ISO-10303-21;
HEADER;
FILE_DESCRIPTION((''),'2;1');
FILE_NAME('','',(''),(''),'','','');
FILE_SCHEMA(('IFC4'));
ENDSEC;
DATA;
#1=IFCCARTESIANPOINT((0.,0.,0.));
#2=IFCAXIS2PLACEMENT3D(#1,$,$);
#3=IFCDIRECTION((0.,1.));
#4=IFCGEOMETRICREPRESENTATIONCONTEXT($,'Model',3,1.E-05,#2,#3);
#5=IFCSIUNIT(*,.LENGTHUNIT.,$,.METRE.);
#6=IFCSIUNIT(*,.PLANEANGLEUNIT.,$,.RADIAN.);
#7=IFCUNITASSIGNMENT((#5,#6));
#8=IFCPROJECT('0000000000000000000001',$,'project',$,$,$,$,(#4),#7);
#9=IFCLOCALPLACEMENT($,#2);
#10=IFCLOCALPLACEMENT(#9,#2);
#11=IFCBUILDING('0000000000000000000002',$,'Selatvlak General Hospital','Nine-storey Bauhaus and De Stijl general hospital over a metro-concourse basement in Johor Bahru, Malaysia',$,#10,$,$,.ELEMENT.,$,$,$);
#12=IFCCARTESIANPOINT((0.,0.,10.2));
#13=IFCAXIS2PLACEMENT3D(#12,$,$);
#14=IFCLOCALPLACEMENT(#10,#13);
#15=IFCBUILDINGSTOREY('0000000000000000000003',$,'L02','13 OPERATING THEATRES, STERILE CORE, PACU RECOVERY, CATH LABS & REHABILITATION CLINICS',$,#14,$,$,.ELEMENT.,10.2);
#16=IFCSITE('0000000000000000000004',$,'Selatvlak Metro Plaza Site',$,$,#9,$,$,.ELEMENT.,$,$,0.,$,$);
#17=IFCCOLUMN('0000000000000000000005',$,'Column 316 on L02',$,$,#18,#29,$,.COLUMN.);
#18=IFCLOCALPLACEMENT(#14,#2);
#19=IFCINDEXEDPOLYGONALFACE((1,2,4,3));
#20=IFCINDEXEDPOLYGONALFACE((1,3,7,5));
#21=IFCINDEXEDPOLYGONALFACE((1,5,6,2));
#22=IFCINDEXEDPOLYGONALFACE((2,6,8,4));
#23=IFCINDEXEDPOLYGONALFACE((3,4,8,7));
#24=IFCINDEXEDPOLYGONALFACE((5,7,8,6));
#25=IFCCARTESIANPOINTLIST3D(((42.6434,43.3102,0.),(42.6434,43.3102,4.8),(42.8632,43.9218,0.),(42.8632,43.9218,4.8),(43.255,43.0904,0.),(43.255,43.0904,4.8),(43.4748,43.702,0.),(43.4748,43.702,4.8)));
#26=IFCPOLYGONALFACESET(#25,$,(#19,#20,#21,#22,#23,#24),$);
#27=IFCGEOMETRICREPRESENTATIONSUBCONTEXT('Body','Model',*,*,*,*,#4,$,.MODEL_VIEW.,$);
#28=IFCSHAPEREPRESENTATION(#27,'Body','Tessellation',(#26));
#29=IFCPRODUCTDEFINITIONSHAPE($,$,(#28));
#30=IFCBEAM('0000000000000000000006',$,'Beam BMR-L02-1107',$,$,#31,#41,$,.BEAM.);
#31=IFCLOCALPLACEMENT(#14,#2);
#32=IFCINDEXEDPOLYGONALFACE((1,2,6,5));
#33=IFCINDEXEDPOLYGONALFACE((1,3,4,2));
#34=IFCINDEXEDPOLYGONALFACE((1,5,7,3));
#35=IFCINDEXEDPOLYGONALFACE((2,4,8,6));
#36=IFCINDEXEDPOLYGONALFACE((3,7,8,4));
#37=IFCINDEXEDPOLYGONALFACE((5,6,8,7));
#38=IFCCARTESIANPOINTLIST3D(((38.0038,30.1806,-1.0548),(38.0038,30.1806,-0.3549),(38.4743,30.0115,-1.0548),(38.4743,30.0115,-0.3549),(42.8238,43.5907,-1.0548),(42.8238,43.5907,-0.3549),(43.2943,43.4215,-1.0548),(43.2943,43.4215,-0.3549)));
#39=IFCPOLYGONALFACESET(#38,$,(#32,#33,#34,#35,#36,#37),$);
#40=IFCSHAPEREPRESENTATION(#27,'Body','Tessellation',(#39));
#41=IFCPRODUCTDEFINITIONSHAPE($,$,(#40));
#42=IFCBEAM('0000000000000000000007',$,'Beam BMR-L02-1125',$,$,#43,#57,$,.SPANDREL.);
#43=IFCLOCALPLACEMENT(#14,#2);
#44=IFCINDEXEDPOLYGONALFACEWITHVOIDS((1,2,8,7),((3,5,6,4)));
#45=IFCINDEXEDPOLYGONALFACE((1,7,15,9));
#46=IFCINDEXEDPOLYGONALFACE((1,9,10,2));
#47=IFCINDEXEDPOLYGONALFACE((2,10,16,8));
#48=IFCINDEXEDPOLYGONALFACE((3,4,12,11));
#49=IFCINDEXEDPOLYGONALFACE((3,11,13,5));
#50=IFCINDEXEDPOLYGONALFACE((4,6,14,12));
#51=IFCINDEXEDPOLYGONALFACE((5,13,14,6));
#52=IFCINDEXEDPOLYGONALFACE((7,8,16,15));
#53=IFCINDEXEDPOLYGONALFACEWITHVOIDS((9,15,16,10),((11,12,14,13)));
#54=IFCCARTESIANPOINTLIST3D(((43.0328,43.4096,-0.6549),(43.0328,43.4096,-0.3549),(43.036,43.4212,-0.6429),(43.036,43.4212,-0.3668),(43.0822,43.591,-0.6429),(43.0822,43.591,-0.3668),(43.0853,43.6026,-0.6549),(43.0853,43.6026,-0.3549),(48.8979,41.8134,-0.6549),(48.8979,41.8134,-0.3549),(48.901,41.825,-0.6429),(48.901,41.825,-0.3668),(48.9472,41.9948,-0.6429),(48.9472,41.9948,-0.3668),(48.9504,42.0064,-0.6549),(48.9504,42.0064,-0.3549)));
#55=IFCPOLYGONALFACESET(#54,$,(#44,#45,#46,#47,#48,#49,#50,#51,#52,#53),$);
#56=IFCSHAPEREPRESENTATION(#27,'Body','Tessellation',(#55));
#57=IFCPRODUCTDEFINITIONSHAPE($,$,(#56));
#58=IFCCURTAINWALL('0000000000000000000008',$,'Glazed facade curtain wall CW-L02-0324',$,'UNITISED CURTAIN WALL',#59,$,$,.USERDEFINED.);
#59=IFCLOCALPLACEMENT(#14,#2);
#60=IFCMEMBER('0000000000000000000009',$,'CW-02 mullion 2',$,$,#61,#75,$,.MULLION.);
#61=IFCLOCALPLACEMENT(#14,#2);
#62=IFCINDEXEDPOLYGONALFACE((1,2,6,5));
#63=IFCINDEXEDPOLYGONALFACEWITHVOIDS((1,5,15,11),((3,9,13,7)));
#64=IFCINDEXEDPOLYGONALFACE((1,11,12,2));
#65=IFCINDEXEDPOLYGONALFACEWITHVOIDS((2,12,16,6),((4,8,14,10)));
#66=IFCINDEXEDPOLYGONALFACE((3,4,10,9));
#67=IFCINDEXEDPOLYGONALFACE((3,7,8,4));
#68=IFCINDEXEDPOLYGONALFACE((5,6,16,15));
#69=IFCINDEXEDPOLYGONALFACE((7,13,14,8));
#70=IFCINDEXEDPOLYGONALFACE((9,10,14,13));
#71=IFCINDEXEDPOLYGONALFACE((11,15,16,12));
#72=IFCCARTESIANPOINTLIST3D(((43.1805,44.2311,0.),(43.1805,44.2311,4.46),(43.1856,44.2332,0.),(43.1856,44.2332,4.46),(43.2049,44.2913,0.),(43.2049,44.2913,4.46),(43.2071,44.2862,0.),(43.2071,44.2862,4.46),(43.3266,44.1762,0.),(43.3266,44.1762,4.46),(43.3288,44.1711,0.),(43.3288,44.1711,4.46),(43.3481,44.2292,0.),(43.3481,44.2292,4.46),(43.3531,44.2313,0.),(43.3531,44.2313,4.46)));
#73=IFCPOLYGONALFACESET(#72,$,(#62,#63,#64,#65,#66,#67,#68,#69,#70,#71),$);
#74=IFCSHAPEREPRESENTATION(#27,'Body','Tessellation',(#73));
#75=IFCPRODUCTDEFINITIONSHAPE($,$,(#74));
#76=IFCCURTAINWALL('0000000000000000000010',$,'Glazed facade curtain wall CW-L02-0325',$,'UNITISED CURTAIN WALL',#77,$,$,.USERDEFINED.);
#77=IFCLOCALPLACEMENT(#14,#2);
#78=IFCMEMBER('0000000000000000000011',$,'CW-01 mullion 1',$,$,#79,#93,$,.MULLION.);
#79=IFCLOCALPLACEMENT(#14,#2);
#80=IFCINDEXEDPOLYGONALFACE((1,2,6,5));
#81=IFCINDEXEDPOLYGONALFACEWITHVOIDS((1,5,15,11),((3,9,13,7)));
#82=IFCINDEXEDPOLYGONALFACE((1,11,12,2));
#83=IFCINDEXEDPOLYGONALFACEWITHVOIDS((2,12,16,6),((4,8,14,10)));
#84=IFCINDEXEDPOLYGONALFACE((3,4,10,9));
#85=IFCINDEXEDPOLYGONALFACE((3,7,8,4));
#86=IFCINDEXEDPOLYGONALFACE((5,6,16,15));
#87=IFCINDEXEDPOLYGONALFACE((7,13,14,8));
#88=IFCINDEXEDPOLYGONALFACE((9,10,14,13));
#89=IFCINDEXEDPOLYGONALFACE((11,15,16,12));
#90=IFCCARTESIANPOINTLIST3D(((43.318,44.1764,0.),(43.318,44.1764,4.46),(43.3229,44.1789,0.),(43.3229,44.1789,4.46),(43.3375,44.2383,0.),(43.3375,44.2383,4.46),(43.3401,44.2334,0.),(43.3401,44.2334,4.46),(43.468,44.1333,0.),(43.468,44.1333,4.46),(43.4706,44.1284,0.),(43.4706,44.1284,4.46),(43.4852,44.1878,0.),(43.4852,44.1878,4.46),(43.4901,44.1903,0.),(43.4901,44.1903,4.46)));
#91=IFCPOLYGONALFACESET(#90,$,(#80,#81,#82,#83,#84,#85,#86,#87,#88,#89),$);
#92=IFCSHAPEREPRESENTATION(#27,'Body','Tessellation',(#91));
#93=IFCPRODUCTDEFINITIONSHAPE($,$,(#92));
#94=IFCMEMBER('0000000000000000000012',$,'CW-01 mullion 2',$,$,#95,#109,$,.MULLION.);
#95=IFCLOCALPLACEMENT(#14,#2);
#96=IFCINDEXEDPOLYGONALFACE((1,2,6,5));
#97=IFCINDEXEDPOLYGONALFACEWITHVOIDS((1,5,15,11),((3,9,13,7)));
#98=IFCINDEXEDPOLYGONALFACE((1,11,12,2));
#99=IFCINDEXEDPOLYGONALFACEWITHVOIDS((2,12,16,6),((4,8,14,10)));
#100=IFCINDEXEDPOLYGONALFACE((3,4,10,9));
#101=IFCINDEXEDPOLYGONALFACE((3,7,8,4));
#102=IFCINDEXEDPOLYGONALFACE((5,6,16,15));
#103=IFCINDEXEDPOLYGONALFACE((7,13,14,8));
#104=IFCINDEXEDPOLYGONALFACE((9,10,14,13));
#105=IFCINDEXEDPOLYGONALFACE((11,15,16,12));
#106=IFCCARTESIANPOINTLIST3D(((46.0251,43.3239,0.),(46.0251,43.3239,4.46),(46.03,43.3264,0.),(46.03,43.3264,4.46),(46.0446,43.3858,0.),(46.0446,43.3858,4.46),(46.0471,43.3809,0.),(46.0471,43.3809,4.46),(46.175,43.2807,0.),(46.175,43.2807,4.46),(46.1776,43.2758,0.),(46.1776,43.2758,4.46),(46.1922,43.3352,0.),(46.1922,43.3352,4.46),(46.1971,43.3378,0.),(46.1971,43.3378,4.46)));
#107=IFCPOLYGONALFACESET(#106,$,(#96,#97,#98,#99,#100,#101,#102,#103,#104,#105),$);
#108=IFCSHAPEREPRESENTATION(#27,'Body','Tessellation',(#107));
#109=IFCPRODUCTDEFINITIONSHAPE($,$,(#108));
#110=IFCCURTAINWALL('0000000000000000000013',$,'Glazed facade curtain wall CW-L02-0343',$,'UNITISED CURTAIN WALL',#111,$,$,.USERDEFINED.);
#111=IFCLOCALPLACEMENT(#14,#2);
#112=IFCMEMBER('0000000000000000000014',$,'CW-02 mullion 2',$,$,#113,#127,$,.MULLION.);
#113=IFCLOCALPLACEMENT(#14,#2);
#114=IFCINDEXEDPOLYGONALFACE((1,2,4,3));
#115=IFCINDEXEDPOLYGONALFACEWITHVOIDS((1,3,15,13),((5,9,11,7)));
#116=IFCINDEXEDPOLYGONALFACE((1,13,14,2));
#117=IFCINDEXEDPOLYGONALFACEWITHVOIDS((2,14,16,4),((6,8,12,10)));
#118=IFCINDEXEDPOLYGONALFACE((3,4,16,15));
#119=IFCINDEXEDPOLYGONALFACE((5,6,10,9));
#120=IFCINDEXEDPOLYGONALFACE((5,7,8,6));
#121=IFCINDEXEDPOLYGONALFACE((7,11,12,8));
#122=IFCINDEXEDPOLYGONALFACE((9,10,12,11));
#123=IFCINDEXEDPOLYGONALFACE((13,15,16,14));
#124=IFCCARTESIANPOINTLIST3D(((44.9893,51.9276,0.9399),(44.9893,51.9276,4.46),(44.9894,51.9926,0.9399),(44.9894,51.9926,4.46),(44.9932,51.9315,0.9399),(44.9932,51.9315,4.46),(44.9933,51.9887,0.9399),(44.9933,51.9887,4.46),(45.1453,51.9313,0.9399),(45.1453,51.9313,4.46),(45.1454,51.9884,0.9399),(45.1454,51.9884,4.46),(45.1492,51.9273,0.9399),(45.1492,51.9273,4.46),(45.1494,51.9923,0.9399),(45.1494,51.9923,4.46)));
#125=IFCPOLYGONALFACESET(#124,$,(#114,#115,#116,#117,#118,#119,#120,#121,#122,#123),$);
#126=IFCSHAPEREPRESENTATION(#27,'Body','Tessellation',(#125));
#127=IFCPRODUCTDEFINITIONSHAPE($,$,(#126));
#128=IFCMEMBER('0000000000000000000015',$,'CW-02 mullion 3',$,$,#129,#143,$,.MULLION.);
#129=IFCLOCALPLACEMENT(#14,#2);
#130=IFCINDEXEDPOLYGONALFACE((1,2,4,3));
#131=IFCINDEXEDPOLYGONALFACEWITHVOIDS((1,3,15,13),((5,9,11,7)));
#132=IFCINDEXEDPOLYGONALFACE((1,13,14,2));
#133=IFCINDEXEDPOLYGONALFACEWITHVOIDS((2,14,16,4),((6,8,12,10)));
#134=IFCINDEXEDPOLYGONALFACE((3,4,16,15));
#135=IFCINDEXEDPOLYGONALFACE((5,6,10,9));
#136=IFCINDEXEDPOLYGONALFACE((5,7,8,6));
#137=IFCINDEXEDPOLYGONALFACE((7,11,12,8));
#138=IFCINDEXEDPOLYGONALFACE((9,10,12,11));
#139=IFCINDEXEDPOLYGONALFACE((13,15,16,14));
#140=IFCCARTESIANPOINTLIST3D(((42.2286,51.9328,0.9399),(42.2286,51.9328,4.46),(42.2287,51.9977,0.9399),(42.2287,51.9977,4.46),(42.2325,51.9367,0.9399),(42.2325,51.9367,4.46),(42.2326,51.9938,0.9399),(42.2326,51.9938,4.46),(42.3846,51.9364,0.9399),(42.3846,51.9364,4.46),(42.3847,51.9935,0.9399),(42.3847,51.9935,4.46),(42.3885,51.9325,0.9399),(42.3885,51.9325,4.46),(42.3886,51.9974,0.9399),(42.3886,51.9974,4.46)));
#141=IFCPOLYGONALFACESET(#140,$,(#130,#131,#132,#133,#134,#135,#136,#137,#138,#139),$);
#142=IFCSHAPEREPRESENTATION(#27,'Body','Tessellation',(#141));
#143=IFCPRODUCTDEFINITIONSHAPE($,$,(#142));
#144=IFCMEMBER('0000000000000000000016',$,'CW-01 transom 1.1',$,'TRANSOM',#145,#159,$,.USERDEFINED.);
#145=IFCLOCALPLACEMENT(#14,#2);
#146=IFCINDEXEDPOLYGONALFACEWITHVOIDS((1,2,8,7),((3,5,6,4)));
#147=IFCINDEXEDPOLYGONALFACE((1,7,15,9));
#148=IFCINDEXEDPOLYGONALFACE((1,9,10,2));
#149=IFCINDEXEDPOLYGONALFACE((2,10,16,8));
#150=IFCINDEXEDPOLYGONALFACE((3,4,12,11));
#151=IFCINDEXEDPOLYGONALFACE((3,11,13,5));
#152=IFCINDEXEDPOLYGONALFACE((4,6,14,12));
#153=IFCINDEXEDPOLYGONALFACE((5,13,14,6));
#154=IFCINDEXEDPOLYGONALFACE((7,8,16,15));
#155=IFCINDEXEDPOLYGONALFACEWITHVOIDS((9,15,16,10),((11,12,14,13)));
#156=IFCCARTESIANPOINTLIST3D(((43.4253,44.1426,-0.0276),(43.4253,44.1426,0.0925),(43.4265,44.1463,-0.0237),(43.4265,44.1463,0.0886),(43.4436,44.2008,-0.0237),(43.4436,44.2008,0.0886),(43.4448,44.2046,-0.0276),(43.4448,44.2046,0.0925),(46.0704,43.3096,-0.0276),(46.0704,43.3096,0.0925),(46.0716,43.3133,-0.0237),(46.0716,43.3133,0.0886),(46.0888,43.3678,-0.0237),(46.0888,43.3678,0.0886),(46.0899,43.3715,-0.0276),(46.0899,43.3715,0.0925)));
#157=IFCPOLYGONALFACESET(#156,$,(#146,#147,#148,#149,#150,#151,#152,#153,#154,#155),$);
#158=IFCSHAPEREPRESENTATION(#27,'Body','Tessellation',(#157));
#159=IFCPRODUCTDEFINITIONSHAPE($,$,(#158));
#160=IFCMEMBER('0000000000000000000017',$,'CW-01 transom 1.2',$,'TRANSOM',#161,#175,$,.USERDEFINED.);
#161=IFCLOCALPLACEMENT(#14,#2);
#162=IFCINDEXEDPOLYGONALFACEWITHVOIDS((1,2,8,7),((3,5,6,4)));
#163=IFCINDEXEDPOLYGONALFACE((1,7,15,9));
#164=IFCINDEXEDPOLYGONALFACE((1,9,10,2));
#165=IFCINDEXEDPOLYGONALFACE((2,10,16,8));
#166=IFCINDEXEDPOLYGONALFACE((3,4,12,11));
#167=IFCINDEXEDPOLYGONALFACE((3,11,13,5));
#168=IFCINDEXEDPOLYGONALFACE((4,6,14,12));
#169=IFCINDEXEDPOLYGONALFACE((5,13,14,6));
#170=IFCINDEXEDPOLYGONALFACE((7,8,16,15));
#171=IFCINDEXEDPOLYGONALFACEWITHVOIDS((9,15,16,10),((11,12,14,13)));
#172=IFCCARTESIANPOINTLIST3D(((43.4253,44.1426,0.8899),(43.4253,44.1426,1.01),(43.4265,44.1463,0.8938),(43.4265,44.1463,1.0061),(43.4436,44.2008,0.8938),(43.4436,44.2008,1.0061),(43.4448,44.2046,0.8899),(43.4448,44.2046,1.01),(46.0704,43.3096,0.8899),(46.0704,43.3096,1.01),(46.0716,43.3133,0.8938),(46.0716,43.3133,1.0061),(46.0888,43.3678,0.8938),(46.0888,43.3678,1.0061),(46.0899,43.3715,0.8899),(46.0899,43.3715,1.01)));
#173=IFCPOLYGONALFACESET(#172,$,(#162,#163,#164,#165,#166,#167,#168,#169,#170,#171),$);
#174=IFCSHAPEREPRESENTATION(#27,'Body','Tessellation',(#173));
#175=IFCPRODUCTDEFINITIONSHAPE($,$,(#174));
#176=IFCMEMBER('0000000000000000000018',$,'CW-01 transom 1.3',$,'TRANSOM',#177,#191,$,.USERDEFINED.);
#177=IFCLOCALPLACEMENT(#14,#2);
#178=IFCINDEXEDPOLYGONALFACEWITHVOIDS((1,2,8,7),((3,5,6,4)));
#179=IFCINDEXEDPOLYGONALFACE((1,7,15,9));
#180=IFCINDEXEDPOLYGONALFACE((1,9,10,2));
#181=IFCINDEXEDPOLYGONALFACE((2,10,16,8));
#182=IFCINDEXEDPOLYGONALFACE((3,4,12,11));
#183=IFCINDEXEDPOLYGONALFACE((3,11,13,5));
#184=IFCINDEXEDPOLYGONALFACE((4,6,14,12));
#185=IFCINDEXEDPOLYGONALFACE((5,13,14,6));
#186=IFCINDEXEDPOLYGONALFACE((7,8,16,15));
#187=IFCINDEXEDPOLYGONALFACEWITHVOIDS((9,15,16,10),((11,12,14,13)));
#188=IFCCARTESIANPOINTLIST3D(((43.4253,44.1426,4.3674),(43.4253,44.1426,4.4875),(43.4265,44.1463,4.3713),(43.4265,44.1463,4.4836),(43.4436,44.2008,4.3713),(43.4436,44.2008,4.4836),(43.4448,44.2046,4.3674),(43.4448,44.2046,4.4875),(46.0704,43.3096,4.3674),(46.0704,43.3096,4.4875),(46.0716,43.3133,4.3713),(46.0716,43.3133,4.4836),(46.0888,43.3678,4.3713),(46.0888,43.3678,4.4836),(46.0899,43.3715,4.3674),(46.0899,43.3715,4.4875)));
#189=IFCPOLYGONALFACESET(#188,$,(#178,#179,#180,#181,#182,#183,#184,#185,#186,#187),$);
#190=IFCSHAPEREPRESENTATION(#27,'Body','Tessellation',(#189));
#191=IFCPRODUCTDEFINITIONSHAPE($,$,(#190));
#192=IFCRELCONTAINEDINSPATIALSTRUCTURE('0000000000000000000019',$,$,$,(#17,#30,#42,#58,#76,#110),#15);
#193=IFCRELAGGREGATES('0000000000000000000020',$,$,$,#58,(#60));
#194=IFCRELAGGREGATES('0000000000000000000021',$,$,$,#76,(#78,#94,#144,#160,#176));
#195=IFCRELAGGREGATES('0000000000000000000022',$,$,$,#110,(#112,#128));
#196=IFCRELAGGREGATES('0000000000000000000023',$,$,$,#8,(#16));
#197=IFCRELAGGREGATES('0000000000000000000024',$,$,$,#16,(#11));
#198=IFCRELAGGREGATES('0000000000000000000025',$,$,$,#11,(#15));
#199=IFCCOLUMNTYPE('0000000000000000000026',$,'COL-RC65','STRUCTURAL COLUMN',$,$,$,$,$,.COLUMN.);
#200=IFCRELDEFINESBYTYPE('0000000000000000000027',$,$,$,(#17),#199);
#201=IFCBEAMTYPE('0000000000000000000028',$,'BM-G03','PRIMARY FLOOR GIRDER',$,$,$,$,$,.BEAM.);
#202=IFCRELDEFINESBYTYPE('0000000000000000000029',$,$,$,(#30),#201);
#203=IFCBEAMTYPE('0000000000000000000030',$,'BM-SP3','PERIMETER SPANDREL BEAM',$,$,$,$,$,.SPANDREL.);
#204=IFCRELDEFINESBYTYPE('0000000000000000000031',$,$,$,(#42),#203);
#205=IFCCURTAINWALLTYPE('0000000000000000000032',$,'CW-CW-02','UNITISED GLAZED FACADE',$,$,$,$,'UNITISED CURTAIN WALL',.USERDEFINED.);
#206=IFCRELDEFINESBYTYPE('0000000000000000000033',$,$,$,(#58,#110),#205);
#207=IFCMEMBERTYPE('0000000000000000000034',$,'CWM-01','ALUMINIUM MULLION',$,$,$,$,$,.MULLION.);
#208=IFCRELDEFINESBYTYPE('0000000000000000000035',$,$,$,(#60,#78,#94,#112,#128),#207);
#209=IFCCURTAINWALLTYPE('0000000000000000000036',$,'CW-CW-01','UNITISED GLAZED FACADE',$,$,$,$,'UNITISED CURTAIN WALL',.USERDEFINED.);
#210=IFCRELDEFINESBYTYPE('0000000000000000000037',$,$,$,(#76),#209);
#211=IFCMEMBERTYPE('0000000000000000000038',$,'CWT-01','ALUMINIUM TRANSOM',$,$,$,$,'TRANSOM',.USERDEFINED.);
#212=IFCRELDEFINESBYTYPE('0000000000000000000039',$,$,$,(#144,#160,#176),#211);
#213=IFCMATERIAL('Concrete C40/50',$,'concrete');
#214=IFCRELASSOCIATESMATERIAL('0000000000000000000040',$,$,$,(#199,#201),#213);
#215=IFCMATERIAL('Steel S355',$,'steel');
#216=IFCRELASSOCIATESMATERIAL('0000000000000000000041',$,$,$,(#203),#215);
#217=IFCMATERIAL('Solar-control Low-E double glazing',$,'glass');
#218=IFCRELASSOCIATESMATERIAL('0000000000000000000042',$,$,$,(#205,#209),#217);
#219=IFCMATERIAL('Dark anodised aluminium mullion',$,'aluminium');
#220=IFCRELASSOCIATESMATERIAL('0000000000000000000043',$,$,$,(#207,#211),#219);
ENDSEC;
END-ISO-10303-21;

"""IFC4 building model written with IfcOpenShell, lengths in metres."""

from ifc_helpers import new_model, si_unit, direction, frame, origin, origin_2d, place, context, subcontext, project, spatial, rectangle, hollow_rectangle, extrude, material, material_profile, profile_set, type_object, element, aggregate, save


model = new_model("IFC4")

# Units and contexts
model_context = context("Model", 3, precision=1e-05, world=origin(), true_north=direction((0.0, 1.0)))
body_context = subcontext(model_context, "Body", "Model", "MODEL_VIEW")
ifc_project = project(units=[si_unit("LENGTHUNIT", "METRE"), si_unit("PLANEANGLEUNIT", "RADIAN")], contexts=[model_context])

# Site, building, storey
site_placement = place(None, origin())
site = spatial("IfcSite", under=ifc_project, at=site_placement, Name="Selatvlak Metro Plaza Site", CompositionType="ELEMENT", RefElevation=0.0)
building_placement = place(site_placement, origin())
building = spatial("IfcBuilding", under=site, at=building_placement, Name="Selatvlak General Hospital", Description="Nine-storey Bauhaus and De Stijl general hospital over a metro-concourse basement in Johor Bahru, Malaysia", CompositionType="ELEMENT")
storey_placement = place(building_placement, frame((0.0, 0.0, 10.2)))
storey = spatial("IfcBuildingStorey", under=building, at=storey_placement, Name="L02", Description="13 OPERATING THEATRES, STERILE CORE, PACU RECOVERY, CATH LABS & REHABILITATION CLINICS", CompositionType="ELEMENT", Elevation=10.2)

# Column
ifc_material_1 = material(Name="Concrete C40/50", Category="concrete")
ifc_material_profile_1 = material_profile(ifc_material_1, rectangle(XDim=0.6499, YDim=0.6499, at=origin_2d()), Name="RC-COL 650x650")
ifc_profile_set_1 = profile_set([ifc_material_profile_1], Name="Concrete C40/50")
column_type = type_object("IfcColumnType", Name="COL-RC65", Description="STRUCTURAL COLUMN", PredefinedType="COLUMN", material=ifc_profile_set_1)
column_placement = place(storey_placement, frame((43.0591, 43.5061, 0.0), z_axis=(0.0, 0.0, 1.0), x_axis=(0.338262, 0.941052, 0.0)))
element("IfcColumn", 1, at=column_placement, inside=storey, type_object=column_type, Name="Column 316 on L02", PredefinedType="COLUMN", context=body_context, shape_type="SweptSolid", body=[
    extrude(rectangle(XDim=0.6499, YDim=0.6499, at=origin_2d()), origin(), (0.0, 0.0, 1.0), 4.8),
])

# Beams
ifc_material_profile_2 = material_profile(ifc_material_1, rectangle(XDim=0.5, YDim=0.7, at=origin_2d()), Name="RC-BM 500x700")
ifc_profile_set_2 = profile_set([ifc_material_profile_2], Name="Concrete C40/50")
beam_type_1 = type_object("IfcBeamType", Name="BM-G03", Description="PRIMARY FLOOR GIRDER", PredefinedType="BEAM", material=ifc_profile_set_2)
beam_1_placement = place(storey_placement, frame((43.0591, 43.5061, -0.7048), z_axis=(-0.338248, -0.941057, 0.0), x_axis=(0.941057, -0.338248, 0.0)))
element("IfcBeam", 2, at=beam_1_placement, inside=storey, type_object=beam_type_1, Name="Beam BMR-L02-1107", PredefinedType="BEAM", context=body_context, shape_type="SweptSolid", body=[
    extrude(rectangle(XDim=0.5, YDim=0.7, at=origin_2d()), origin(), (0.0, 0.0, 1.0), 14.25),
])
ifc_material_2 = material(Name="Steel S355", Category="steel")
ifc_material_profile_3 = material_profile(ifc_material_2, hollow_rectangle(XDim=0.2, YDim=0.3, WallThickness=0.012, at=origin_2d()), Name="RHS 300x200x12")
ifc_profile_set_3 = profile_set([ifc_material_profile_3], Name="Steel S355")
beam_type_2 = type_object("IfcBeamType", Name="BM-SP3", Description="PERIMETER SPANDREL BEAM", PredefinedType="SPANDREL", material=ifc_profile_set_3)
beam_2_placement = place(storey_placement, frame((43.0591, 43.5061, -0.5049), z_axis=(0.964904, -0.262604, 0.0), x_axis=(0.262604, 0.964904, 0.0)))
element("IfcBeam", 3, at=beam_2_placement, inside=storey, type_object=beam_type_2, Name="Beam BMR-L02-1125", PredefinedType="SPANDREL", context=body_context, shape_type="SweptSolid", body=[
    extrude(hollow_rectangle(XDim=0.2, YDim=0.3, WallThickness=0.012, at=origin_2d()), origin(), (0.0, 0.0, 1.0), 6.0784),
])

# Curtain wall, member
ifc_material_3 = material(Name="Solar-control Low-E double glazing", Category="glass")
curtain_wall_type_1 = type_object("IfcCurtainWallType", Name="CW-CW-02", Description="UNITISED GLAZED FACADE", ElementType="UNITISED CURTAIN WALL", PredefinedType="USERDEFINED", material=ifc_material_3)
curtain_wall_1_placement = place(storey_placement, origin())
curtain_wall_1 = element("IfcCurtainWall", 4, at=curtain_wall_1_placement, inside=storey, type_object=curtain_wall_type_1, Name="Glazed facade curtain wall CW-L02-0324", ObjectType="UNITISED CURTAIN WALL", PredefinedType="USERDEFINED")
ifc_material_4 = material(Name="Dark anodised aluminium mullion", Category="aluminium")
ifc_material_profile_4 = material_profile(ifc_material_4, hollow_rectangle(XDim=0.0649, YDim=0.1599, WallThickness=0.0039, at=origin_2d()), Name="AL-MUL 65x160x4")
ifc_profile_set_4 = profile_set([ifc_material_profile_4], Name="Dark anodised aluminium mullion")
member_type_1 = type_object("IfcMemberType", Name="CWM-01", Description="ALUMINIUM MULLION", PredefinedType="MULLION", material=ifc_profile_set_4)
member_1_placement = place(storey_placement, frame((43.2668, 44.2312, 0.0), z_axis=(0.0, 0.0, 1.0), x_axis=(0.374953, 0.927044, 0.0)))
member_1 = element("IfcMember", 5, at=member_1_placement, type_object=member_type_1, Name="CW-02 mullion 2", PredefinedType="MULLION", context=body_context, shape_type="SweptSolid", body=[
    extrude(hollow_rectangle(XDim=0.0649, YDim=0.1599, WallThickness=0.0039, at=origin_2d()), origin(), (0.0, 0.0, 1.0), 4.46),
])

# Curtain walls, members
curtain_wall_type_2 = type_object("IfcCurtainWallType", Name="CW-CW-01", Description="UNITISED GLAZED FACADE", ElementType="UNITISED CURTAIN WALL", PredefinedType="USERDEFINED", material=ifc_material_3)
curtain_wall_2_placement = place(storey_placement, origin())
curtain_wall_2 = element("IfcCurtainWall", 6, at=curtain_wall_2_placement, inside=storey, type_object=curtain_wall_type_2, Name="Glazed facade curtain wall CW-L02-0325", ObjectType="UNITISED CURTAIN WALL", PredefinedType="USERDEFINED")
member_2_placement = place(storey_placement, frame((43.4041, 44.1833, 0.0), z_axis=(0.0, 0.0, 1.0), x_axis=(0.300373, 0.953822, 0.0)))
member_2 = element("IfcMember", 7, at=member_2_placement, type_object=member_type_1, Name="CW-01 mullion 1", PredefinedType="MULLION", context=body_context, shape_type="SweptSolid", body=[
    extrude(hollow_rectangle(XDim=0.0649, YDim=0.1599, WallThickness=0.0039, at=origin_2d()), origin(), (0.0, 0.0, 1.0), 4.46),
])
member_3_placement = place(storey_placement, frame((46.1111, 43.3308, 0.0), z_axis=(0.0, 0.0, 1.0), x_axis=(0.300373, 0.953822, 0.0)))
member_3 = element("IfcMember", 8, at=member_3_placement, type_object=member_type_1, Name="CW-01 mullion 2", PredefinedType="MULLION", context=body_context, shape_type="SweptSolid", body=[
    extrude(hollow_rectangle(XDim=0.0649, YDim=0.1599, WallThickness=0.0039, at=origin_2d()), origin(), (0.0, 0.0, 1.0), 4.46),
])
curtain_wall_3_placement = place(storey_placement, origin())
curtain_wall_3 = element("IfcCurtainWall", 9, at=curtain_wall_3_placement, inside=storey, type_object=curtain_wall_type_1, Name="Glazed facade curtain wall CW-L02-0343", ObjectType="UNITISED CURTAIN WALL", PredefinedType="USERDEFINED")
member_4_placement = place(storey_placement, frame((45.0693, 51.96, 0.9399), z_axis=(0.0, 0.0, 1.0), x_axis=(-0.001811, -0.999998, 0.0)))
member_4 = element("IfcMember", 10, at=member_4_placement, type_object=member_type_1, Name="CW-02 mullion 2", PredefinedType="MULLION", context=body_context, shape_type="SweptSolid", body=[
    extrude(hollow_rectangle(XDim=0.0649, YDim=0.1599, WallThickness=0.0039, at=origin_2d()), origin(), (0.0, 0.0, 1.0), 3.52),
])
member_5_placement = place(storey_placement, frame((42.3086, 51.9651, 0.9399), z_axis=(0.0, 0.0, 1.0), x_axis=(-0.001811, -0.999998, 0.0)))
member_5 = element("IfcMember", 11, at=member_5_placement, type_object=member_type_1, Name="CW-02 mullion 3", PredefinedType="MULLION", context=body_context, shape_type="SweptSolid", body=[
    extrude(hollow_rectangle(XDim=0.0649, YDim=0.1599, WallThickness=0.0039, at=origin_2d()), origin(), (0.0, 0.0, 1.0), 3.52),
])

# Members
ifc_material_profile_5 = material_profile(ifc_material_4, hollow_rectangle(XDim=0.0649, YDim=0.1201, WallThickness=0.0039, at=origin_2d()), Name="AL-TRN 65x120x4")
ifc_profile_set_5 = profile_set([ifc_material_profile_5], Name="Dark anodised aluminium mullion")
member_type_2 = type_object("IfcMemberType", Name="CWT-01", Description="ALUMINIUM TRANSOM", ElementType="TRANSOM", PredefinedType="USERDEFINED", material=ifc_profile_set_5)
member_6_placement = place(storey_placement, frame((43.4351, 44.1736, 0.0325), z_axis=(0.953817, -0.30039, 0.0), x_axis=(0.30039, 0.953817, 0.0)))
member_6 = element("IfcMember", 12, at=member_6_placement, type_object=member_type_2, Name="CW-01 transom 1.1", ObjectType="TRANSOM", PredefinedType="USERDEFINED", context=body_context, shape_type="SweptSolid", body=[
    extrude(hollow_rectangle(XDim=0.0649, YDim=0.1201, WallThickness=0.0039, at=origin_2d()), origin(), (0.0, 0.0, 1.0), 2.7732),
])
member_7_placement = place(storey_placement, frame((43.4351, 44.1736, 0.95), z_axis=(0.953817, -0.30039, 0.0), x_axis=(0.30039, 0.953817, 0.0)))
member_7 = element("IfcMember", 13, at=member_7_placement, type_object=member_type_2, Name="CW-01 transom 1.2", ObjectType="TRANSOM", PredefinedType="USERDEFINED", context=body_context, shape_type="SweptSolid", body=[
    extrude(hollow_rectangle(XDim=0.0649, YDim=0.1201, WallThickness=0.0039, at=origin_2d()), origin(), (0.0, 0.0, 1.0), 2.7732),
])
member_8_placement = place(storey_placement, frame((43.4351, 44.1736, 4.4275), z_axis=(0.953817, -0.30039, 0.0), x_axis=(0.30039, 0.953817, 0.0)))
member_8 = element("IfcMember", 14, at=member_8_placement, type_object=member_type_2, Name="CW-01 transom 1.3", ObjectType="TRANSOM", PredefinedType="USERDEFINED", context=body_context, shape_type="SweptSolid", body=[
    extrude(hollow_rectangle(XDim=0.0649, YDim=0.1201, WallThickness=0.0039, at=origin_2d()), origin(), (0.0, 0.0, 1.0), 2.7732),
])

aggregate(curtain_wall_1, [member_1])
aggregate(curtain_wall_2, [member_2, member_3, member_6, member_7, member_8])
aggregate(curtain_wall_3, [member_4, member_5])

save(model, "model.ifc")
